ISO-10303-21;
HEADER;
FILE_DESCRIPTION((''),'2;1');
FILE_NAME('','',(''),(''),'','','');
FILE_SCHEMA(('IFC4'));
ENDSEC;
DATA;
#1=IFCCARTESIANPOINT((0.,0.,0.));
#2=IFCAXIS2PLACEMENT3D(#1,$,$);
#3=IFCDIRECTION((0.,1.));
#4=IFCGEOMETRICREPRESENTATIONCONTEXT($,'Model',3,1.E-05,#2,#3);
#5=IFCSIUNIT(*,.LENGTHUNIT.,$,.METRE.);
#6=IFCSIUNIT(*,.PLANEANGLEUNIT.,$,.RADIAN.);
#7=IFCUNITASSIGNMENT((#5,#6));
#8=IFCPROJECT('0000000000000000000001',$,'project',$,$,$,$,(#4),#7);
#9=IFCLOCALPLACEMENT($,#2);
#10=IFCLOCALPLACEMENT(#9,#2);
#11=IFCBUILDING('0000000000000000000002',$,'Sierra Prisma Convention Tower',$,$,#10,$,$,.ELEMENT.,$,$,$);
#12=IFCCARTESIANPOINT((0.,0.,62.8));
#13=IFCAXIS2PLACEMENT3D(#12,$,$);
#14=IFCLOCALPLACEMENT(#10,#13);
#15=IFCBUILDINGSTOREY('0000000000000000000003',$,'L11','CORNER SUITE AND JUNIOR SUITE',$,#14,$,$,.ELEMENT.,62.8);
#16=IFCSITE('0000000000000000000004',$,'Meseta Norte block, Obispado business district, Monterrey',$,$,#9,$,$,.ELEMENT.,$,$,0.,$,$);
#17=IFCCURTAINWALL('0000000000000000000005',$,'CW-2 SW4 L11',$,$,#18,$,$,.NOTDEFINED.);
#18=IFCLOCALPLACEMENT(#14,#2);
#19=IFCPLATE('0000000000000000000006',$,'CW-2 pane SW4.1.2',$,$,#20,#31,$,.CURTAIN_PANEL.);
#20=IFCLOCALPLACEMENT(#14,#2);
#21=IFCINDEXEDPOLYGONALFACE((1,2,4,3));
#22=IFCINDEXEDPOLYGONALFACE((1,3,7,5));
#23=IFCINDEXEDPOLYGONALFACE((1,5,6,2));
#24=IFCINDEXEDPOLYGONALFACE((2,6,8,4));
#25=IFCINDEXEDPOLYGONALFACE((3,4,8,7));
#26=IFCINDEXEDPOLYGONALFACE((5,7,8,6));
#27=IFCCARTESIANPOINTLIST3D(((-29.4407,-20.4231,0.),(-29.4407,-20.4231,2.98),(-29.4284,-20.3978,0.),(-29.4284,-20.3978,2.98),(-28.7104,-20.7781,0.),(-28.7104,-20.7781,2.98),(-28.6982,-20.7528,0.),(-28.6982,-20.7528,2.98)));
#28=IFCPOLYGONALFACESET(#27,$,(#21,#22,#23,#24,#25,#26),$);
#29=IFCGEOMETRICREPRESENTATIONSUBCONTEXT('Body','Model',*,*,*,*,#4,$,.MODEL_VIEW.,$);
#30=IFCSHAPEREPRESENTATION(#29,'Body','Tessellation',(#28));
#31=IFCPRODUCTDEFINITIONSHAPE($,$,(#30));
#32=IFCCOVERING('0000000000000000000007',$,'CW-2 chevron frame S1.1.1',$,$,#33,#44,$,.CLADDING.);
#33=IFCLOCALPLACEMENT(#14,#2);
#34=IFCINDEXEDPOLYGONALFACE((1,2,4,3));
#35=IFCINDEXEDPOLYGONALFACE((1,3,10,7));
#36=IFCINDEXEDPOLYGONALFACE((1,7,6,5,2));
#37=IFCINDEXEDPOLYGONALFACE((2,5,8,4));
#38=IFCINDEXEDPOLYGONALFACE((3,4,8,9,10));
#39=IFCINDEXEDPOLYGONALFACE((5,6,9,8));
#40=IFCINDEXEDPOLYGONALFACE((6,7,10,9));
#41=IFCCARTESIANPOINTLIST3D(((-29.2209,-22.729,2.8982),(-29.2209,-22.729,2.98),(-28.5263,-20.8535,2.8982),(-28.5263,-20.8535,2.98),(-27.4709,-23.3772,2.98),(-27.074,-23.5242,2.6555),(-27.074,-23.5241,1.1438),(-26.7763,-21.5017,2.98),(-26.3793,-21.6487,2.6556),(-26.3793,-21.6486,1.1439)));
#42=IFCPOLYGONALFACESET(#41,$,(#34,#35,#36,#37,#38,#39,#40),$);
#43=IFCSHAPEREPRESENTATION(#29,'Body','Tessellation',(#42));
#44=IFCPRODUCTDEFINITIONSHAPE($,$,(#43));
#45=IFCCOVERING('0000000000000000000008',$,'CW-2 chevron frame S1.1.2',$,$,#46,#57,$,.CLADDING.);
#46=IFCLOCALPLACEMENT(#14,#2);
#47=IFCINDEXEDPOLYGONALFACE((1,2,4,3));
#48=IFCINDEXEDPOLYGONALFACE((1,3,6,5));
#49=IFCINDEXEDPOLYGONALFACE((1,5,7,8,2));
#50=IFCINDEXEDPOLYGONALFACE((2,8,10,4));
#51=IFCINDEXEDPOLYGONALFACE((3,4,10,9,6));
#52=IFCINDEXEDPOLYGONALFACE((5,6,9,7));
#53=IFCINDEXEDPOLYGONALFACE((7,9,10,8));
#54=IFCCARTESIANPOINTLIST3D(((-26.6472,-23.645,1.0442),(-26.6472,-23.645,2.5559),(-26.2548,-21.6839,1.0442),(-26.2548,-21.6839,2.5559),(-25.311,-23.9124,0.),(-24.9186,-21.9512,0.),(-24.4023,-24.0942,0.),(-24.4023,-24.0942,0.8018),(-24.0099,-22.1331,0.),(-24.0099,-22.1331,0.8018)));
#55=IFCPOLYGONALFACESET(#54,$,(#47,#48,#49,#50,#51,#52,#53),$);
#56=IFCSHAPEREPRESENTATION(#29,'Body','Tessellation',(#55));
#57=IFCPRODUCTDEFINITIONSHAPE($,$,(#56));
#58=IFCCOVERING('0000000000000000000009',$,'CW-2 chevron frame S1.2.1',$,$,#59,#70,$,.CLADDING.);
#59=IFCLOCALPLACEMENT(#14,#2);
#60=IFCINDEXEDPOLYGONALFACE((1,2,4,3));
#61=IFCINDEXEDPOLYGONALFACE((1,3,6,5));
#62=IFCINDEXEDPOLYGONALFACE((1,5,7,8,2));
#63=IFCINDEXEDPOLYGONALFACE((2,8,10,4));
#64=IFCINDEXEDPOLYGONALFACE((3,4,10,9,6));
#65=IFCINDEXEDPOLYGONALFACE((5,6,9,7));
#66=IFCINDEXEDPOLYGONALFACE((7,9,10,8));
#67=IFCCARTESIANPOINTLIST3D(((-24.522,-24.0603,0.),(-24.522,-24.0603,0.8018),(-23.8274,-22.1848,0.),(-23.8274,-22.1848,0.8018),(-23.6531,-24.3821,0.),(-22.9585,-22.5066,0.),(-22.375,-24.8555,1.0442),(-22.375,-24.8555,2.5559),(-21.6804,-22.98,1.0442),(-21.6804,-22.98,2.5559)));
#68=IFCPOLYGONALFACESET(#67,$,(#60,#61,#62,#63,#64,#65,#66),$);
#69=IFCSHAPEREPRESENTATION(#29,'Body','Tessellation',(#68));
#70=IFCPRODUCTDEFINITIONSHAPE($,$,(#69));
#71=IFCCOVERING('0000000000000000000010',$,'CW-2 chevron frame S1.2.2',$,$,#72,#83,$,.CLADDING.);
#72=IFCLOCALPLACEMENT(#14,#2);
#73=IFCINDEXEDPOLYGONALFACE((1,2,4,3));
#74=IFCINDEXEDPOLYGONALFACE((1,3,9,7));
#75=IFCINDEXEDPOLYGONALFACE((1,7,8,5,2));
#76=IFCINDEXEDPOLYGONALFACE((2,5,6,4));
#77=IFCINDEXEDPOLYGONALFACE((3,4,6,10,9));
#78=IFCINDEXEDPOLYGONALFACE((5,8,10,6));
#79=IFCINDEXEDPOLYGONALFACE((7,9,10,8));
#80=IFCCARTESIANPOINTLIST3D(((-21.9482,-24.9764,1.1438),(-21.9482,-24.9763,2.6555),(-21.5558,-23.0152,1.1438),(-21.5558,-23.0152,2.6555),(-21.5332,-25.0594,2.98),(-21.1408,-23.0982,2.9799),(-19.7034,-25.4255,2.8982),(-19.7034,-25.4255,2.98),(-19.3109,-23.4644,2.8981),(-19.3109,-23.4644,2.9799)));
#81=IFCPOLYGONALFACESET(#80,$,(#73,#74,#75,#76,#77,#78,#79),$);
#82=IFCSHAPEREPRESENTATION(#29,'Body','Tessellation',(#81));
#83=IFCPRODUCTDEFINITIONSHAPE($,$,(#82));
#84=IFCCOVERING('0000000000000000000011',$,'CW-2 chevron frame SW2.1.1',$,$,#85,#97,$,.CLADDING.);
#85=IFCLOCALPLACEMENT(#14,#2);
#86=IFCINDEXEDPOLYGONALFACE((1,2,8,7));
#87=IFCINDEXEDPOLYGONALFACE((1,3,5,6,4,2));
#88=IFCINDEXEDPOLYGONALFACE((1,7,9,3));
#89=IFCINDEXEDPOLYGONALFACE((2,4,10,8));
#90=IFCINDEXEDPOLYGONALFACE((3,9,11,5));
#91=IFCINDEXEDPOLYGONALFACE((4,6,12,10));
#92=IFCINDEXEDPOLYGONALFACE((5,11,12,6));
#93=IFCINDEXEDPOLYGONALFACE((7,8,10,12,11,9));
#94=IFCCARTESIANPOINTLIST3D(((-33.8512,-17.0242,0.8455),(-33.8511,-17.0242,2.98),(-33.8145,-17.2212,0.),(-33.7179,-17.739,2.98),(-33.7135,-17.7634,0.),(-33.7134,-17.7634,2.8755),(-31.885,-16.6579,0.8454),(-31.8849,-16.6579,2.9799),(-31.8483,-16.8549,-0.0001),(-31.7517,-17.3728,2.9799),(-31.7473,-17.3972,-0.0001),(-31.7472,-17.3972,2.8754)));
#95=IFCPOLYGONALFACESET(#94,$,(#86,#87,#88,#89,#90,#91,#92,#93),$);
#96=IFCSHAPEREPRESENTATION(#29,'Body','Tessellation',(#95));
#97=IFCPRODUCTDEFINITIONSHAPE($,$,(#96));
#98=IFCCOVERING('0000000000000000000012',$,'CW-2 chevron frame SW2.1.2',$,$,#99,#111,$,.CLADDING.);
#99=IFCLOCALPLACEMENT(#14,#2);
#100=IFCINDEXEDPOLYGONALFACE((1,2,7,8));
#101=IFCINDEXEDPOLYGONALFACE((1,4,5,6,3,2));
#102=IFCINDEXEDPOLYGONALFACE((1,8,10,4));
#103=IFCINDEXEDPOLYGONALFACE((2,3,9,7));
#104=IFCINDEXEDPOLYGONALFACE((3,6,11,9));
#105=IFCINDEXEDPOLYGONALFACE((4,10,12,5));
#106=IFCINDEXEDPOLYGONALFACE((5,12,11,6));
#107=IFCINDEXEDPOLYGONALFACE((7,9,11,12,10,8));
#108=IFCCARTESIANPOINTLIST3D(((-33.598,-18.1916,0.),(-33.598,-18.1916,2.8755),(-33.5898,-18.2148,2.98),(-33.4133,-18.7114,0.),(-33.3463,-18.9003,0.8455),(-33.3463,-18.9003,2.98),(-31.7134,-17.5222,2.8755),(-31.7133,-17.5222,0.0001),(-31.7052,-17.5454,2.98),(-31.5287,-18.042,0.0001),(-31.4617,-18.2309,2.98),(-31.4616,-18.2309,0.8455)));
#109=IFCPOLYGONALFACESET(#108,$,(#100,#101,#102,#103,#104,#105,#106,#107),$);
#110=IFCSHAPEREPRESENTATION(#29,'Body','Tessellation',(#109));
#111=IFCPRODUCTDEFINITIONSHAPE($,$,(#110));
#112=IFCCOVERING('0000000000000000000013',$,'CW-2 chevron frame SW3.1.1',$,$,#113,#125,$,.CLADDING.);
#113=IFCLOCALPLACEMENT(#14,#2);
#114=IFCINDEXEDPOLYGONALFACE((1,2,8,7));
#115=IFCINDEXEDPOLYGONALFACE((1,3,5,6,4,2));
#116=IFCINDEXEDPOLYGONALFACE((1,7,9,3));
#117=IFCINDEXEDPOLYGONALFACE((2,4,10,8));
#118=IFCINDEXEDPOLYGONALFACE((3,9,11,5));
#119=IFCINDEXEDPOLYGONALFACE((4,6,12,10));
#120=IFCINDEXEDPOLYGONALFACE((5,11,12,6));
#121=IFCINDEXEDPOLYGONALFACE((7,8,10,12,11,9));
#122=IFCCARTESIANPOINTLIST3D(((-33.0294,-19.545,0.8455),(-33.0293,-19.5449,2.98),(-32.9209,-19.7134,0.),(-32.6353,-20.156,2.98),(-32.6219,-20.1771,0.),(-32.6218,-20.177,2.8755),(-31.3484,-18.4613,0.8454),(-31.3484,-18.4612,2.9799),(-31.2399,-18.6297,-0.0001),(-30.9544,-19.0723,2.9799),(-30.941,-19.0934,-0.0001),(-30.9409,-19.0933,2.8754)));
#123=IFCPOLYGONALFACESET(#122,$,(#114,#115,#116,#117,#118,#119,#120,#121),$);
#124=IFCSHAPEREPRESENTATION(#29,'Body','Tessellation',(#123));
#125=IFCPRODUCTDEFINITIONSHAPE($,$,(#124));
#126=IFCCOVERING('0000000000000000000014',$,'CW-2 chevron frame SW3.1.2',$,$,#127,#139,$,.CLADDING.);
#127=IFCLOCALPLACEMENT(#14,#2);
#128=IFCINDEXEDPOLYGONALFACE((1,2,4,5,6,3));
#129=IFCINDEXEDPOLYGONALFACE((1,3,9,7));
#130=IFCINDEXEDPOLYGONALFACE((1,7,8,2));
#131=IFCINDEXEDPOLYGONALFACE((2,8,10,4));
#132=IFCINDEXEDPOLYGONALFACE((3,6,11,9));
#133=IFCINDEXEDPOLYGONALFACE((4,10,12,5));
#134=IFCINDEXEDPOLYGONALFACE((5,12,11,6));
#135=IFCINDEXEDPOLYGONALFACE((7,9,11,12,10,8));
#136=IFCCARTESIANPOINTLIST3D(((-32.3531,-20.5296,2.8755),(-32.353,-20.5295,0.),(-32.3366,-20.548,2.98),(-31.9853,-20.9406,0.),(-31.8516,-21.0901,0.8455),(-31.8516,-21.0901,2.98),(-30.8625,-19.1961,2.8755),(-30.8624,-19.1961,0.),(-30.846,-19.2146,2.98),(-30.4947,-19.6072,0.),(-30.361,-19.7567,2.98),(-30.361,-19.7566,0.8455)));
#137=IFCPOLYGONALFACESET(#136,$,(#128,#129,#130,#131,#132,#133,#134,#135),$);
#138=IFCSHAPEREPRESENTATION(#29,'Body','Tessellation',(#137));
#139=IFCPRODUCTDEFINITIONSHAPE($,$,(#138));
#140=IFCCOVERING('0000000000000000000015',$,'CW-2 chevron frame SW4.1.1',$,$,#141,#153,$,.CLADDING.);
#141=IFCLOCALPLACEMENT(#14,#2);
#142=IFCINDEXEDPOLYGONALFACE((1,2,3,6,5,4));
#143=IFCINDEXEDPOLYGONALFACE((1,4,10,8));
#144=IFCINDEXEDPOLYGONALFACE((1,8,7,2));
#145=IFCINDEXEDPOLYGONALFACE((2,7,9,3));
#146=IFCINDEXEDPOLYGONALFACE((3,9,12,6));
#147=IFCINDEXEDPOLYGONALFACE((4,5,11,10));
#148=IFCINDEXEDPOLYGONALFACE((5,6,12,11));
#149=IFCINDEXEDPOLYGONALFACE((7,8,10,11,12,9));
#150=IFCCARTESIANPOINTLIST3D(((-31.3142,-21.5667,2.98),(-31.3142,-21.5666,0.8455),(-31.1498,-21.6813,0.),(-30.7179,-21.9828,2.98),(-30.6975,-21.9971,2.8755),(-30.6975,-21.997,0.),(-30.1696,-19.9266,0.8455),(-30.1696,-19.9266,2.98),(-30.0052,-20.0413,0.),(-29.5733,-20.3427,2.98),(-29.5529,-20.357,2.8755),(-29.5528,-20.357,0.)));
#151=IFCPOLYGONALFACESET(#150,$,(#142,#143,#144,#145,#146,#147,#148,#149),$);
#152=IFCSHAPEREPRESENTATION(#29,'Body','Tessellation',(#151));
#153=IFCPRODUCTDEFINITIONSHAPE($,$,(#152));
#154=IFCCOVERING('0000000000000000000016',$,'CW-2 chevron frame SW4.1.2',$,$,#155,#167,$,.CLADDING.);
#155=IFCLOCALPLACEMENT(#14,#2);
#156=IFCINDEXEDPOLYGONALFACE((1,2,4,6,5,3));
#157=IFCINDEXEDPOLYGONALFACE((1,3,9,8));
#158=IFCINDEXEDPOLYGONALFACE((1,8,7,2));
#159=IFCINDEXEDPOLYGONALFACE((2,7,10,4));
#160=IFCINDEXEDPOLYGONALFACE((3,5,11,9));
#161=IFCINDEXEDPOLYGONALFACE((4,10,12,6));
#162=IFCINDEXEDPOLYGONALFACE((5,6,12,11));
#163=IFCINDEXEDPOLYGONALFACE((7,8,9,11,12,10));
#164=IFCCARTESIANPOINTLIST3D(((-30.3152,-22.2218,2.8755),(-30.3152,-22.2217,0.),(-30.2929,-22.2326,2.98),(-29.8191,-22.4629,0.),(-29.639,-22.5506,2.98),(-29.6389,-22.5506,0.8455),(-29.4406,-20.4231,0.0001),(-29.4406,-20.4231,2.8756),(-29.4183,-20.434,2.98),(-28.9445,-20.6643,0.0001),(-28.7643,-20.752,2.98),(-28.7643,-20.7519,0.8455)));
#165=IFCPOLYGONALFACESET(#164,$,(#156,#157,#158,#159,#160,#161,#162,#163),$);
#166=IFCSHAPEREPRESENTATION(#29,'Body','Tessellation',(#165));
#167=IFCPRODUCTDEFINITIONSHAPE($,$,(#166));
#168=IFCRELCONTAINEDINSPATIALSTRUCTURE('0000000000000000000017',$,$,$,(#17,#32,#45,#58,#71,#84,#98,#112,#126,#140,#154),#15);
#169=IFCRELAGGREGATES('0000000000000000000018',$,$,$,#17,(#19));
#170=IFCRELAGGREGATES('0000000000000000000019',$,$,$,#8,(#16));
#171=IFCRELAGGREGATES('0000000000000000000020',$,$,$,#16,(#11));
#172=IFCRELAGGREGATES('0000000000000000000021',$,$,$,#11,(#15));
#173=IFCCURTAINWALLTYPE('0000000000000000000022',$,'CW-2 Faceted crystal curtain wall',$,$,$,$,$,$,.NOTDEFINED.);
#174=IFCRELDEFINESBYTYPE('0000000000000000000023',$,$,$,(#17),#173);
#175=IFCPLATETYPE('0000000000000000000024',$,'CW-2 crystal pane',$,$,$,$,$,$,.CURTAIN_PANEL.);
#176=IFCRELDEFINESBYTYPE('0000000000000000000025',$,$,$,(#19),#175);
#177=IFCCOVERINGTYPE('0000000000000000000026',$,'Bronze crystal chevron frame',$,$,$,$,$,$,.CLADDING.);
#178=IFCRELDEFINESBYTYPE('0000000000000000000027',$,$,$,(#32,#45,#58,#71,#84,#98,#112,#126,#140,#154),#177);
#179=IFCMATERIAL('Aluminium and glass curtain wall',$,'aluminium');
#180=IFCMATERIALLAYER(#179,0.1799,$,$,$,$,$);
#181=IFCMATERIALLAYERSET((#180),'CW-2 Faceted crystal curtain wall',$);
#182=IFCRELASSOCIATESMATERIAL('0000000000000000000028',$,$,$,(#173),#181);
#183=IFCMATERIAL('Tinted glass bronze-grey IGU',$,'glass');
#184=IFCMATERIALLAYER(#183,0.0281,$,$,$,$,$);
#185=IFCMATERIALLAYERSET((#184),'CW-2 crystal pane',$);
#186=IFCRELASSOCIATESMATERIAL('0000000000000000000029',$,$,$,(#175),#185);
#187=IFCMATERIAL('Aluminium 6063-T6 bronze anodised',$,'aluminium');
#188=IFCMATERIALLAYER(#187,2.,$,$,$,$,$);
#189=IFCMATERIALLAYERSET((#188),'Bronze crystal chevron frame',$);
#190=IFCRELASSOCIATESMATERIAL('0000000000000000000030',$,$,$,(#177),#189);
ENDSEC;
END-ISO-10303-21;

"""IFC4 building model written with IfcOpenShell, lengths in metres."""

from ifc_helpers import new_model, si_unit, direction, frame, origin, place, context, subcontext, project, spatial, polyline, outline, extrude, material, layer, layer_set, type_object, element, aggregate, save


model = new_model("IFC4")

# Units and contexts
model_context = context("Model", 3, precision=1e-05, world=origin(), true_north=direction((0.0, 1.0)))
body_context = subcontext(model_context, "Body", "Model", "MODEL_VIEW")
ifc_project = project(units=[si_unit("LENGTHUNIT", "METRE"), si_unit("PLANEANGLEUNIT", "RADIAN")], contexts=[model_context])

# Site, building, storey
site_placement = place(None, origin())
site = spatial("IfcSite", under=ifc_project, at=site_placement, Name="Meseta Norte block, Obispado business district, Monterrey", CompositionType="ELEMENT", RefElevation=0.0)
building_placement = place(site_placement, origin())
building = spatial("IfcBuilding", under=site, at=building_placement, Name="Sierra Prisma Convention Tower", CompositionType="ELEMENT")
storey_placement = place(building_placement, frame((0.0, 0.0, 62.8)))
storey = spatial("IfcBuildingStorey", under=building, at=storey_placement, Name="L11", Description="CORNER SUITE AND JUNIOR SUITE", CompositionType="ELEMENT", Elevation=62.8)

# Shared definitions
ifc_material_1 = material(Name="Aluminium and glass curtain wall", Category="aluminium")
ifc_layer_1 = layer(ifc_material_1, 0.1799)
ifc_layer_set_1 = layer_set([ifc_layer_1], Name="CW-2 Faceted crystal curtain wall")
curtain_wall_type = type_object("IfcCurtainWallType", Name="CW-2 Faceted crystal curtain wall", PredefinedType="NOTDEFINED", material=ifc_layer_set_1)

# Curtain wall
curtain_wall_1_placement = place(storey_placement, origin())
curtain_wall_1 = element("IfcCurtainWall", 1, at=curtain_wall_1_placement, inside=storey, type_object=curtain_wall_type, Name="CW-2 SW4 L11", PredefinedType="NOTDEFINED")

# Shared definitions
ifc_material_2 = material(Name="Tinted glass bronze-grey IGU", Category="glass")
ifc_layer_2 = layer(ifc_material_2, 0.0281)
ifc_layer_set_2 = layer_set([ifc_layer_2], Name="CW-2 crystal pane")
plate_type = type_object("IfcPlateType", Name="CW-2 crystal pane", PredefinedType="CURTAIN_PANEL", material=ifc_layer_set_2)

# Plate
plate_1_placement = place(storey_placement, frame((-28.7104, -20.7781, 0.0), z_axis=(-0.437203, -0.899363, 0.0), x_axis=(-0.899363, 0.437203, 0.0)))
plate_1 = element("IfcPlate", 2, at=plate_1_placement, type_object=plate_type, Name="CW-2 pane SW4.1.2", PredefinedType="CURTAIN_PANEL", context=body_context, shape_type="SweptSolid", body=[
    extrude(outline(polyline([(0.0, 0.0), (0.8119, 0.0), (0.8119, -2.98), (0.0, -2.98), (0.0, 0.0)])), origin(), (0.0, 0.0, -1.0), 0.0281),
])
aggregate(curtain_wall_1, [plate_1])

# Coverings
ifc_material_3 = material(Name="Aluminium 6063-T6 bronze anodised", Category="aluminium")
ifc_layer_3 = layer(ifc_material_3, 2.0)
ifc_layer_set_3 = layer_set([ifc_layer_3], Name="Bronze crystal chevron frame")
covering_type = type_object("IfcCoveringType", Name="Bronze crystal chevron frame", PredefinedType="CLADDING", material=ifc_layer_set_3)
covering_1_placement = place(storey_placement, frame((-29.2209, -22.729, 2.98), z_axis=(-0.347314, -0.937749, -0.000027), x_axis=(0.000009, 0.000025, -1.0)))
element("IfcCovering", 3, at=covering_1_placement, inside=storey, type_object=covering_type, Name="CW-2 chevron frame S1.1.1", PredefinedType="CLADDING", context=body_context, shape_type="SweptSolid", body=[
    extrude(outline(polyline([(0.0, 0.0), (0.0818, 0.0), (1.8362, 2.2895), (0.3245, 2.2895), (0.0, 1.8662), (0.0, 0.0)])), origin(), (0.0, 0.0, -1.0), 2.0),
])
covering_2_placement = place(storey_placement, frame((-26.6472, -23.645, 2.5559), z_axis=(-0.196226, -0.980559, -0.000017), x_axis=(0.000003, 0.000017, -1.0)))
element("IfcCovering", 4, at=covering_2_placement, inside=storey, type_object=covering_type, Name="CW-2 chevron frame S1.1.2", PredefinedType="CLADDING", context=body_context, shape_type="SweptSolid", body=[
    extrude(outline(polyline([(0.0, 0.0), (1.5117, 0.0), (2.5559, 1.3627), (2.5559, 2.2894), (1.7542, 2.2894), (0.0, 0.0)])), origin(), (0.0, 0.0, -1.0), 2.0),
])
covering_3_placement = place(storey_placement, frame((-24.522, -24.0603, 0.0), z_axis=(-0.347306, -0.937752, -0.000011), x_axis=(0.937752, -0.347306, 0.0)))
element("IfcCovering", 5, at=covering_3_placement, inside=storey, type_object=covering_type, Name="CW-2 chevron frame S1.2.1", PredefinedType="CLADDING", context=body_context, shape_type="SweptSolid", body=[
    extrude(outline(polyline([(0.0, 0.0), (0.9266, 0.0), (2.2895, 1.0442), (2.2895, 2.5559), (0.0, 0.8018), (0.0, 0.0)])), origin(), (0.0, 0.0, -1.0), 2.0),
])
covering_4_placement = place(storey_placement, frame((-19.7034, -25.4255, 2.98), z_axis=(-0.196222, -0.980559, 0.000024), x_axis=(-0.98056, 0.196222, 0.0)))
element("IfcCovering", 6, at=covering_4_placement, inside=storey, type_object=covering_type, Name="CW-2 chevron frame S1.2.2", PredefinedType="CLADDING", context=body_context, shape_type="SweptSolid", body=[
    extrude(outline(polyline([(0.0, 0.0), (1.8661, 0.0), (2.2894, 0.3245), (2.2894, 1.8362), (0.0, 0.0818), (0.0, 0.0)])), origin(), (0.0, 0.0, -1.0), 2.0),
])
covering_5_placement = place(storey_placement, frame((-33.8511, -17.0242, 2.98), z_axis=(-0.983089, -0.18313, 0.000039), x_axis=(-0.000039, -0.000007, -1.0)))
element("IfcCovering", 7, at=covering_5_placement, inside=storey, type_object=covering_type, Name="CW-2 chevron frame SW2.1.1", PredefinedType="CLADDING", context=body_context, shape_type="SweptSolid", body=[
    extrude(outline(polyline([(0.0, 0.0), (2.1345, 0.0), (2.98, 0.2004), (2.98, 0.752), (0.1045, 0.752), (0.0, 0.7272), (0.0, 0.0)])), origin(), (0.0, 0.0, -1.0), 2.0),
])
covering_6_placement = place(storey_placement, frame((-33.4133, -18.7114, 0.0), z_axis=(-0.942322, -0.334707, -0.000025), x_axis=(0.077194, -0.217403, 0.973025)))
element("IfcCovering", 8, at=covering_6_placement, inside=storey, type_object=covering_type, Name="CW-2 chevron frame SW2.1.2", PredefinedType="CLADDING", context=body_context, shape_type="SweptSolid", body=[
    extrude(outline(polyline([(0.0, 0.0), (0.8689, 0.0), (2.9458, 0.4924), (2.778, 1.2003), (2.6707, 1.2002), (-0.1273, 0.5368), (0.0, 0.0)])), origin(), (0.0, 0.0, -1.0), 2.0),
])
covering_7_placement = place(storey_placement, frame((-33.0293, -19.5449, 2.98), z_axis=(-0.840473, -0.541853, 0.000045), x_axis=(-0.000038, -0.000024, -1.0)))
element("IfcCovering", 9, at=covering_7_placement, inside=storey, type_object=covering_type, Name="CW-2 chevron frame SW3.1.1", PredefinedType="CLADDING", context=body_context, shape_type="SweptSolid", body=[
    extrude(outline(polyline([(0.0, 0.0), (2.1345, 0.0), (2.98, 0.2003), (2.98, 0.752), (0.1045, 0.752), (0.0, 0.7271), (0.0, 0.0)])), origin(), (0.0, 0.0, -1.0), 2.0),
])
covering_8_placement = place(storey_placement, frame((-32.353, -20.5295, 0.0), z_axis=(-0.745301, -0.666728, -0.000015), x_axis=(0.666728, -0.745301, 0.0)))
element("IfcCovering", 10, at=covering_8_placement, inside=storey, type_object=covering_type, Name="CW-2 chevron frame SW3.1.2", PredefinedType="CLADDING", context=body_context, shape_type="SweptSolid", body=[
    extrude(outline(polyline([(0.0, 0.0), (0.5516, 0.0), (0.7521, 0.8455), (0.7521, 2.98), (0.0247, 2.98), (0.0, 2.8755), (0.0, 0.0)])), origin(), (0.0, 0.0, -1.0), 2.0),
])
covering_9_placement = place(storey_placement, frame((-31.3142, -21.5667, 2.98), z_axis=(-0.572322, -0.820029, -0.000012), x_axis=(0.000007, 0.00001, -1.0)))
element("IfcCovering", 11, at=covering_9_placement, inside=storey, type_object=covering_type, Name="CW-2 chevron frame SW4.1.1", PredefinedType="CLADDING", context=body_context, shape_type="SweptSolid", body=[
    extrude(outline(polyline([(0.0, 0.0), (2.1345, 0.0), (2.98, 0.2004), (2.98, 0.7521), (0.1045, 0.7521), (0.0, 0.7271), (0.0, 0.0)])), origin(), (0.0, 0.0, -1.0), 2.0),
])
covering_10_placement = place(storey_placement, frame((-30.3152, -22.2217, 0.0), z_axis=(-0.437308, -0.899312, -0.000033), x_axis=(0.899312, -0.437308, 0.0)))
element("IfcCovering", 12, at=covering_10_placement, inside=storey, type_object=covering_type, Name="CW-2 chevron frame SW4.1.2", PredefinedType="CLADDING", context=body_context, shape_type="SweptSolid", body=[
    extrude(outline(polyline([(0.0, 0.0), (0.5516, 0.0), (0.752, 0.8455), (0.752, 2.98), (0.0248, 2.98), (0.0, 2.8755), (0.0, 0.0)])), origin(), (0.0, 0.0, -1.0), 2.0),
])

save(model, "model.ifc")
